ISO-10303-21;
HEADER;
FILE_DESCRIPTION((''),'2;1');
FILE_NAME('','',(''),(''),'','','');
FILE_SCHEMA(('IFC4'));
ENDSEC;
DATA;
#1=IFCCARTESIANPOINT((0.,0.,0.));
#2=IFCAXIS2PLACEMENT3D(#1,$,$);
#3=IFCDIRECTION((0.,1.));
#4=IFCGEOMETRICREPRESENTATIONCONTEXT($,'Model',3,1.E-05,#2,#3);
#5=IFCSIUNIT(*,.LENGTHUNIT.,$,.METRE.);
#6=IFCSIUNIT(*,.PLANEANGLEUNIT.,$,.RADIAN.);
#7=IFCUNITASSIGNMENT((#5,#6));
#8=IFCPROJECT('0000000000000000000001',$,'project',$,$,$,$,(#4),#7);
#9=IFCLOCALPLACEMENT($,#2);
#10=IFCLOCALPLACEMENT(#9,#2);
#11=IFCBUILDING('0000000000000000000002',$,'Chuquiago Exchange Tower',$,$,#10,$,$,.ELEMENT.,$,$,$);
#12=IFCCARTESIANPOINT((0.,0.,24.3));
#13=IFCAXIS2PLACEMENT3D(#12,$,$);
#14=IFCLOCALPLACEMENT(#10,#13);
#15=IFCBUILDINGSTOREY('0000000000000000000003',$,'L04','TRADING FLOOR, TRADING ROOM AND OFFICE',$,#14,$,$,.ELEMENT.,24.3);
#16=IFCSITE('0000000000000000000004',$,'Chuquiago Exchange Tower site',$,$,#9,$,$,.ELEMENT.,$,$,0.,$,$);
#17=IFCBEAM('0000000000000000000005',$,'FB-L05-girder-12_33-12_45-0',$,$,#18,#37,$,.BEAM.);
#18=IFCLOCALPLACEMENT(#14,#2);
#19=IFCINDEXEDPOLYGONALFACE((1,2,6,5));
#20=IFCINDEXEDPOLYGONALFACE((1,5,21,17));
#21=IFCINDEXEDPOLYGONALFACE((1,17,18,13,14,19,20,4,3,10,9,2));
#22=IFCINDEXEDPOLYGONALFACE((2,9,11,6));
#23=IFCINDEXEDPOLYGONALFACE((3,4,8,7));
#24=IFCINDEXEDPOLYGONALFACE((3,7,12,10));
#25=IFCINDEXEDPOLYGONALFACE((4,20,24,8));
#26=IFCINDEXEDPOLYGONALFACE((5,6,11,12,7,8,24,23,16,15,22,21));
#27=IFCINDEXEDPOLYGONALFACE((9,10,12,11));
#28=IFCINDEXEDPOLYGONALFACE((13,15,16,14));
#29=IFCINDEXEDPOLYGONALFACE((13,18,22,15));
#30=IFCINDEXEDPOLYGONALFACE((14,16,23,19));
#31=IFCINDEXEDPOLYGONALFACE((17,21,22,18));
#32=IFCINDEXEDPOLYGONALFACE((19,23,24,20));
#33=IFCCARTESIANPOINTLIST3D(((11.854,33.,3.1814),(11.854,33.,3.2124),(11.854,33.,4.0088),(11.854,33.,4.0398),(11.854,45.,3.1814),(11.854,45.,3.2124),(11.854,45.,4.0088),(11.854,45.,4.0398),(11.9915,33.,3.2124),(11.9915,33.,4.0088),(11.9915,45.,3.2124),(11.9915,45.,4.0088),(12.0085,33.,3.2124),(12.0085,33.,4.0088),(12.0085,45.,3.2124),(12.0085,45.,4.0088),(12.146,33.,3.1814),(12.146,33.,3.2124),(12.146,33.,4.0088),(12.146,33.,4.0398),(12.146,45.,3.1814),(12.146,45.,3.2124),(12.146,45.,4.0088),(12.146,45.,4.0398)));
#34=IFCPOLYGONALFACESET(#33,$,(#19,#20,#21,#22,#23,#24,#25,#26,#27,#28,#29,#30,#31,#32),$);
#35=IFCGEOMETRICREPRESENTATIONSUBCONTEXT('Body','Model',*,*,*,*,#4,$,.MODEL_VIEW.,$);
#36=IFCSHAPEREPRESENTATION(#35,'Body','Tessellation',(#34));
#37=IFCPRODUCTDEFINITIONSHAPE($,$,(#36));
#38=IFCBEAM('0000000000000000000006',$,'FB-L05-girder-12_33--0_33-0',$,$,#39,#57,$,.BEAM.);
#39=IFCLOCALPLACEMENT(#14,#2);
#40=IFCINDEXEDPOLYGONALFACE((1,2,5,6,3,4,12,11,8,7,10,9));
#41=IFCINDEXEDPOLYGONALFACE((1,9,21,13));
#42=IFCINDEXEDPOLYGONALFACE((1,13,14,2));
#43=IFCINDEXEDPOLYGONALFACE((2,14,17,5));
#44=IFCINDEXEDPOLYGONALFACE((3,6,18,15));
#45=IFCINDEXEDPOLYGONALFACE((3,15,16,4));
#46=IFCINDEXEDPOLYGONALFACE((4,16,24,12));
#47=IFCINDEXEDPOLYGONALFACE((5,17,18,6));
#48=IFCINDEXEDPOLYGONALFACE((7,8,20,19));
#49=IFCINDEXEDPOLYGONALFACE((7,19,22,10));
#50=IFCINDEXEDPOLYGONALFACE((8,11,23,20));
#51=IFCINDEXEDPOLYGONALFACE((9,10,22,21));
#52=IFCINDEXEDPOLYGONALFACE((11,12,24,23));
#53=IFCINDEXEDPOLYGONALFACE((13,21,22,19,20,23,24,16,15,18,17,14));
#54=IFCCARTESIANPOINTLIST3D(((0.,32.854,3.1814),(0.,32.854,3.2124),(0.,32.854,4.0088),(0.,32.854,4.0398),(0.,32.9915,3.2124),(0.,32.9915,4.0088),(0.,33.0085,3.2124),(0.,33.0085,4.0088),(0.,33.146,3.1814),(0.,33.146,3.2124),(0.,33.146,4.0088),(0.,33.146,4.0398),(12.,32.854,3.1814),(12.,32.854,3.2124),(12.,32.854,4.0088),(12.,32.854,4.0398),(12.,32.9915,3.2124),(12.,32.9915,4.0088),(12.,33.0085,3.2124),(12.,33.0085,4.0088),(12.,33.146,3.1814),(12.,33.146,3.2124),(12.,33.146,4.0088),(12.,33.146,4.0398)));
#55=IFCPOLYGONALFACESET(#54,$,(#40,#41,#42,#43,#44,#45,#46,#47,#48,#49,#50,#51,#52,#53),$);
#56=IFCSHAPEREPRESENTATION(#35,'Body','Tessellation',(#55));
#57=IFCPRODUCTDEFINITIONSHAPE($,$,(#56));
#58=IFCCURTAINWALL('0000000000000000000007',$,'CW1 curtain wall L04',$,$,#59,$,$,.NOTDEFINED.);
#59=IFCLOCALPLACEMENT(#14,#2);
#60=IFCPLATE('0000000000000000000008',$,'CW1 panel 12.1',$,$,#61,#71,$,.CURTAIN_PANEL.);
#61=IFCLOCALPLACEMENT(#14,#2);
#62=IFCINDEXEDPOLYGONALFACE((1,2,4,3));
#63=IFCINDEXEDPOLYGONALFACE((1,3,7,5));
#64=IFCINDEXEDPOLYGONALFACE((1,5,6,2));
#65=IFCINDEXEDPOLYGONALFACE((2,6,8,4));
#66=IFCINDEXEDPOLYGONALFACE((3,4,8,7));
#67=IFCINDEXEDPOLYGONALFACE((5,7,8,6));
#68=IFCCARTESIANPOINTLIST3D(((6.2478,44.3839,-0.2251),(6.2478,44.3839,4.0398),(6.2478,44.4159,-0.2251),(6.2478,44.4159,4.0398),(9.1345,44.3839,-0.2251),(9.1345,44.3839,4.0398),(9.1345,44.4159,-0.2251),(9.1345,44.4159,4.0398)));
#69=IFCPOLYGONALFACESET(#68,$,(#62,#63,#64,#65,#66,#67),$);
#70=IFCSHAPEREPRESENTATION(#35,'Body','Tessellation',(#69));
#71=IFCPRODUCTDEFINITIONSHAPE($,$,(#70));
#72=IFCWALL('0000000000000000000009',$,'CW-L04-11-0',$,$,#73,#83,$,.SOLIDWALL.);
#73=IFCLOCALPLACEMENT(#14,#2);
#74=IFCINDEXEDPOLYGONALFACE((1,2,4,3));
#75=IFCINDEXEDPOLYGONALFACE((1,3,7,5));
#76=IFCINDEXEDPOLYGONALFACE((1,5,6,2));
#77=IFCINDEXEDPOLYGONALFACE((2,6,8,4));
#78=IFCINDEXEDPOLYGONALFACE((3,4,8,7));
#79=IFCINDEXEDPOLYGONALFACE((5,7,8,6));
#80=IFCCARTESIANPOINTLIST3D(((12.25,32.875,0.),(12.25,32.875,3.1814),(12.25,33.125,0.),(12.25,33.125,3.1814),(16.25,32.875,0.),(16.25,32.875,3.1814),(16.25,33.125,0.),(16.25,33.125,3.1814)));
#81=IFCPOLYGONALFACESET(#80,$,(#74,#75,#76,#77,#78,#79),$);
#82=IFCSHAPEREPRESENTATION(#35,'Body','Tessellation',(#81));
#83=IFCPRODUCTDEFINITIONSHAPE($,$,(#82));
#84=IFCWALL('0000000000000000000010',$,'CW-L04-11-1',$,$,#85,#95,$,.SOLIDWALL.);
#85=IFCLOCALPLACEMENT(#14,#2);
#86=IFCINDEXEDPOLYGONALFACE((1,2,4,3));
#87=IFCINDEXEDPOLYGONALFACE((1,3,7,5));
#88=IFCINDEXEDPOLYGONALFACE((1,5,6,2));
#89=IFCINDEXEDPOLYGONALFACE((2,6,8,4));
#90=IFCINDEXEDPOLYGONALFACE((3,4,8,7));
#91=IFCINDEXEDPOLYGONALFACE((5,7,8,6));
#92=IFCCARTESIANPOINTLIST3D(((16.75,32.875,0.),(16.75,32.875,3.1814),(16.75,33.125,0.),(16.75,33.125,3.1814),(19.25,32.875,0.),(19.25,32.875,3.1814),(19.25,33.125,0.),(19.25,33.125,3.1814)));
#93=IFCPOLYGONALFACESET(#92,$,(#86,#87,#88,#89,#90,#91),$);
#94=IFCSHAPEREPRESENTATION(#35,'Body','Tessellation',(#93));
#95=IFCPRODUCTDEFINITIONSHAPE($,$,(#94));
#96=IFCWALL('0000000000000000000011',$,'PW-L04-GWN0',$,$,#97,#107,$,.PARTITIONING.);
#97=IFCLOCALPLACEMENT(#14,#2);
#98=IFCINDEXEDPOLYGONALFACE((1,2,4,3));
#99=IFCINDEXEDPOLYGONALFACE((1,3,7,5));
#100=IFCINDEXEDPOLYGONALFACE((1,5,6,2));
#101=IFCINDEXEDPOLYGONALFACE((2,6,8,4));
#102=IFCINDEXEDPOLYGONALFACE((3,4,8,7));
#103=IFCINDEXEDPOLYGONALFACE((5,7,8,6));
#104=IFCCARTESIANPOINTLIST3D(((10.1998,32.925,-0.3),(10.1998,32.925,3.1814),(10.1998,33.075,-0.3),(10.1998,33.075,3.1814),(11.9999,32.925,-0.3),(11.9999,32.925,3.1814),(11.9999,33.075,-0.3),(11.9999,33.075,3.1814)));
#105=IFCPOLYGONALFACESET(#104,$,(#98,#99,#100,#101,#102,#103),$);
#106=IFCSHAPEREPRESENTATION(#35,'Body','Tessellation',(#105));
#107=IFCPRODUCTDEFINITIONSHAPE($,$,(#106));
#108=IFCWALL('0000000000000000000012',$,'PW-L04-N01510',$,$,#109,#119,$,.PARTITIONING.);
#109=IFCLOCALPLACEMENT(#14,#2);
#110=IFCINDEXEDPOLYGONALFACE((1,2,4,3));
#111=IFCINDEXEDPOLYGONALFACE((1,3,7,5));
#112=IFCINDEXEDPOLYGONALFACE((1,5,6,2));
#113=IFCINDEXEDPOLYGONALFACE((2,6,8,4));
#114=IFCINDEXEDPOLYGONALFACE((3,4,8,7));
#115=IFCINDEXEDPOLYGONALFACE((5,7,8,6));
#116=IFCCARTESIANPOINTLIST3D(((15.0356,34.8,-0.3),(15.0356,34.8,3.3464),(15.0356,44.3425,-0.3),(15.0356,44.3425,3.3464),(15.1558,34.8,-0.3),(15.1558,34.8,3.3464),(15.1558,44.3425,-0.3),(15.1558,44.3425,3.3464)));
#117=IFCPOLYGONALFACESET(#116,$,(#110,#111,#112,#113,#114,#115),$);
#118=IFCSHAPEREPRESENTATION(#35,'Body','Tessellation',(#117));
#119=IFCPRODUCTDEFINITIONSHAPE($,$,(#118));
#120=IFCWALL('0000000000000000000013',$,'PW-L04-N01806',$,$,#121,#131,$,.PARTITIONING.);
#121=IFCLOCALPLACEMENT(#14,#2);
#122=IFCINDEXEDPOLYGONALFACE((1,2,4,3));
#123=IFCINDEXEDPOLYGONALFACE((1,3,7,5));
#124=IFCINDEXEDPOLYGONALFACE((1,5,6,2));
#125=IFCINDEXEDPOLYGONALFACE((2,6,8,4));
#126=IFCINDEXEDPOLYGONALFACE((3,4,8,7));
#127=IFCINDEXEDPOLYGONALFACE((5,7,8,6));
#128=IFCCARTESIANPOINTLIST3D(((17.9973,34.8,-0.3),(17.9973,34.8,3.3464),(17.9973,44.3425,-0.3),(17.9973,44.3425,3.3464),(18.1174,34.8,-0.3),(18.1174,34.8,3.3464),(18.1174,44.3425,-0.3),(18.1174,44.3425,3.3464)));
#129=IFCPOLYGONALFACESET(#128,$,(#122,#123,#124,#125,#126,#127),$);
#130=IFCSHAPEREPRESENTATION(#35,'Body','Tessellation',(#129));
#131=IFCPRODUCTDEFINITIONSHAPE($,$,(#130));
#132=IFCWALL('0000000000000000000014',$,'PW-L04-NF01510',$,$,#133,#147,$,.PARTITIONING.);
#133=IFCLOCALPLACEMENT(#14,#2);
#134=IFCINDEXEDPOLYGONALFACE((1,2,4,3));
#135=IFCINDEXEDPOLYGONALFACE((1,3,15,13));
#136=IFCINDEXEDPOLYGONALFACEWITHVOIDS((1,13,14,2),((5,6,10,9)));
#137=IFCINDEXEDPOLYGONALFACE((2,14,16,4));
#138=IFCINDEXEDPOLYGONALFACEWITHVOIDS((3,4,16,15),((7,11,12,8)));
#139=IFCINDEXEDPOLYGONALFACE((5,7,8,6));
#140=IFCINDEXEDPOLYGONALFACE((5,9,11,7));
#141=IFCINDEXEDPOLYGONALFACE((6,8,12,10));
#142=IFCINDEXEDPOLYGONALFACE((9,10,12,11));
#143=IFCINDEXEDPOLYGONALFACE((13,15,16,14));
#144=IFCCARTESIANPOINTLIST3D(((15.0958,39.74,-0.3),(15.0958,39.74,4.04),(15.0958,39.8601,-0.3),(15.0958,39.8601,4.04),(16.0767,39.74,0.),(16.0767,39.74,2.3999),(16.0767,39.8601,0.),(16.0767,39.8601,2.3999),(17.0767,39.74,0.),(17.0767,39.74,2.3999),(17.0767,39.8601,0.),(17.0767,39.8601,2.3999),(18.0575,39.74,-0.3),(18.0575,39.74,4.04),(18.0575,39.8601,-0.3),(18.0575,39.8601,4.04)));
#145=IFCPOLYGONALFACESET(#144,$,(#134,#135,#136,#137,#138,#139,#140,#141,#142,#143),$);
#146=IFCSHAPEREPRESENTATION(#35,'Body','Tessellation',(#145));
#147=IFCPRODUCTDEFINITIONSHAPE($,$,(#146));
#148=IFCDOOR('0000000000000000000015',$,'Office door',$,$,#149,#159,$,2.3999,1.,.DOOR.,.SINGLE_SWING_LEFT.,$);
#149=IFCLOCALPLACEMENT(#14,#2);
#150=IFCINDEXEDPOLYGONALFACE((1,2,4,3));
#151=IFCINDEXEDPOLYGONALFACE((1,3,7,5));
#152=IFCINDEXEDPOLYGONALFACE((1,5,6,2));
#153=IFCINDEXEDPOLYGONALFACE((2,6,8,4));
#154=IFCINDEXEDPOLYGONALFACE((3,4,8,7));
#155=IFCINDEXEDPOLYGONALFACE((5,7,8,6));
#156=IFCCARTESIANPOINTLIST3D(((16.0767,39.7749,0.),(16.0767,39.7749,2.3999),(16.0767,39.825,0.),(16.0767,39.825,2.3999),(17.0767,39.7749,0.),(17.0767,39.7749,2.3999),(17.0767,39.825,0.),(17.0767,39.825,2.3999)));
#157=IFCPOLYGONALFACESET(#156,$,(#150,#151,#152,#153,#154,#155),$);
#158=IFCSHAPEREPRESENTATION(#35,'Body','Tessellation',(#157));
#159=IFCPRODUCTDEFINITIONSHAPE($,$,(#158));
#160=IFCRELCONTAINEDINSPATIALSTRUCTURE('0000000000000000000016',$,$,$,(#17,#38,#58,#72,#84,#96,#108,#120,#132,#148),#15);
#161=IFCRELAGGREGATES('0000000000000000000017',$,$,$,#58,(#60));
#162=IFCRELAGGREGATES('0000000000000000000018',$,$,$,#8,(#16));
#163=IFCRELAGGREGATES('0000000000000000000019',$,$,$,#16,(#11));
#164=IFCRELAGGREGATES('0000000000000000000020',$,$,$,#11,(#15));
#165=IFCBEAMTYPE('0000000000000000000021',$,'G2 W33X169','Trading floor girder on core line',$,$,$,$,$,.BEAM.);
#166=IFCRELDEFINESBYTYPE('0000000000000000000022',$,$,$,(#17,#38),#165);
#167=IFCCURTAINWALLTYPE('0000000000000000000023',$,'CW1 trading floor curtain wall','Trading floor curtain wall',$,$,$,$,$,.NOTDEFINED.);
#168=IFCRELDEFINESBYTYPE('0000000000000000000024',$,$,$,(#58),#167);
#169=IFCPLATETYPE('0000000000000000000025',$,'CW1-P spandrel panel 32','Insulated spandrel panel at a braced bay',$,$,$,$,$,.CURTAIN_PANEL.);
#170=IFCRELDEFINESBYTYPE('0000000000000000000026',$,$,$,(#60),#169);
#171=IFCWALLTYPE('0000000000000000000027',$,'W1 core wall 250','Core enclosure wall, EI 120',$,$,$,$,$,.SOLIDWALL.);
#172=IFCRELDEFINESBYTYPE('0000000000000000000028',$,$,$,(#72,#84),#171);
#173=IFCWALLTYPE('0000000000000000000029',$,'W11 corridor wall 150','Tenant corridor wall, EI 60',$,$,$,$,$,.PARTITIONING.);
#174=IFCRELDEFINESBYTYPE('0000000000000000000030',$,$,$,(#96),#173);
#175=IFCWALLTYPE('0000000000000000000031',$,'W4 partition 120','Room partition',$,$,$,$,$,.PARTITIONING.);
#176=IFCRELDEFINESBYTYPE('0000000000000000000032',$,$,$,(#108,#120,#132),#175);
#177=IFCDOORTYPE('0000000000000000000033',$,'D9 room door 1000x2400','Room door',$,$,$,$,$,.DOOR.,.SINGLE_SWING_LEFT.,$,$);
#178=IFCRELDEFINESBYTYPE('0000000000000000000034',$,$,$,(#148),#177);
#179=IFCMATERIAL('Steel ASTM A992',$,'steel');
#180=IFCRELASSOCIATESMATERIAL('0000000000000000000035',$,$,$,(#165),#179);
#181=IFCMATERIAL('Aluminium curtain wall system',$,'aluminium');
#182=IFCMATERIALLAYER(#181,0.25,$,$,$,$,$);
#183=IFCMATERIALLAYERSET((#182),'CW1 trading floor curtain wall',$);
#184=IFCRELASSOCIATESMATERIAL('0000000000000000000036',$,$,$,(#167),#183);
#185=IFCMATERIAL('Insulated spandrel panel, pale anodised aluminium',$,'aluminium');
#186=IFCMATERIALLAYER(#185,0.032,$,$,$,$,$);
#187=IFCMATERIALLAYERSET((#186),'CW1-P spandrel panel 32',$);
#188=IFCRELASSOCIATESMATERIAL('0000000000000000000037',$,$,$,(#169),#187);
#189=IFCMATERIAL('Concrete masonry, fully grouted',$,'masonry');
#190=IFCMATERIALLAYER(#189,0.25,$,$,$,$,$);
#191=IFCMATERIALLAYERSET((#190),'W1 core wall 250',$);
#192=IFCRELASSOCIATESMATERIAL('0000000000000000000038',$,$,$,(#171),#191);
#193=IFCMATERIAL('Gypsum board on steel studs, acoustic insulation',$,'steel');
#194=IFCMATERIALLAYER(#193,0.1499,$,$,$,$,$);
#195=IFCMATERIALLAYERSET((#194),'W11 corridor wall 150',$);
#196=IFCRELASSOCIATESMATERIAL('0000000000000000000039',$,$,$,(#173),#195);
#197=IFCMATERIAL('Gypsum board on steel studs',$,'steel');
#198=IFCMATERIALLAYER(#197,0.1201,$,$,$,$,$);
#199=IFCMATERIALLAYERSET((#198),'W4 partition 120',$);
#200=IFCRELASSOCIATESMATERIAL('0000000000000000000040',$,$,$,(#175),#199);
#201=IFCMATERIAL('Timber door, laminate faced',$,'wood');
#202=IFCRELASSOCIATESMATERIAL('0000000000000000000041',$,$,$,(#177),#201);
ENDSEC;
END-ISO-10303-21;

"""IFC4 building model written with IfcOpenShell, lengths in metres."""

from ifc_helpers import new_model, si_unit, direction, frame, frame_2d, origin, origin_2d, place, context, subcontext, project, spatial, rectangle, i_section, extrude, material, layer, layer_set, material_profile, profile_set, type_object, element, fill, aggregate, save


model = new_model("IFC4")

# Units and contexts
model_context = context("Model", 3, precision=1e-05, world=origin(), true_north=direction((0.0, 1.0)))
body_context = subcontext(model_context, "Body", "Model", "MODEL_VIEW")
ifc_project = project(units=[si_unit("LENGTHUNIT", "METRE"), si_unit("PLANEANGLEUNIT", "RADIAN")], contexts=[model_context])

# Site, building, storey
site_placement = place(None, origin())
site = spatial("IfcSite", under=ifc_project, at=site_placement, Name="Chuquiago Exchange Tower site", CompositionType="ELEMENT", RefElevation=0.0)
building_placement = place(site_placement, origin())
building = spatial("IfcBuilding", under=site, at=building_placement, Name="Chuquiago Exchange Tower", CompositionType="ELEMENT")
storey_placement = place(building_placement, frame((0.0, 0.0, 24.3)))
storey = spatial("IfcBuildingStorey", under=building, at=storey_placement, Name="L04", Description="TRADING FLOOR, TRADING ROOM AND OFFICE", CompositionType="ELEMENT", Elevation=24.3)

# Beams
ifc_material_1 = material(Name="Steel ASTM A992", Category="steel")
ifc_material_profile_1 = material_profile(ifc_material_1, i_section(OverallWidth=0.292, OverallDepth=0.8584, WebThickness=0.0171, FlangeThickness=0.031, at=origin_2d()), Name="W33X169")
ifc_profile_set_1 = profile_set([ifc_material_profile_1], Name="Steel ASTM A992")
beam_type_1 = type_object("IfcBeamType", Name="G2 W33X169", Description="Trading floor girder on core line", PredefinedType="BEAM", material=ifc_profile_set_1)
for number, where, z_axis, x_axis, name in (
    (1, (12.0, 33.0, 3.6106), (0.0, 1.0, 0.0), (-1.0, 0.0, 0.0), "FB-L05-girder-12_33-12_45-0"),
    (2, (12.0, 33.0, 3.6106), (-1.0, 0.0, 0.0), (0.0, -1.0, 0.0), "FB-L05-girder-12_33--0_33-0"),
):
    element("IfcBeam", number, at=place(storey_placement, frame(where, z_axis=z_axis, x_axis=x_axis)), inside=storey, type_object=beam_type_1, Name=name, PredefinedType="BEAM", context=body_context, shape_type="SweptSolid", body=[
        extrude(i_section(OverallWidth=0.292, OverallDepth=0.8584, WebThickness=0.0171, FlangeThickness=0.031, at=origin_2d()), origin(), (0.0, 0.0, 1.0), 12.0),
    ])

# Curtain wall, plate
ifc_material_2 = material(Name="Aluminium curtain wall system", Category="aluminium")
ifc_layer_1 = layer(ifc_material_2, 0.25)
ifc_layer_set_1 = layer_set([ifc_layer_1], Name="CW1 trading floor curtain wall")
curtain_wall_type = type_object("IfcCurtainWallType", Name="CW1 trading floor curtain wall", Description="Trading floor curtain wall", PredefinedType="NOTDEFINED", material=ifc_layer_set_1)
curtain_wall_placement = place(storey_placement, origin())
curtain_wall = element("IfcCurtainWall", 3, at=curtain_wall_placement, inside=storey, type_object=curtain_wall_type, Name="CW1 curtain wall L04", PredefinedType="NOTDEFINED")
ifc_material_3 = material(Name="Insulated spandrel panel, pale anodised aluminium", Category="aluminium")
ifc_layer_2 = layer(ifc_material_3, 0.032)
ifc_layer_set_2 = layer_set([ifc_layer_2], Name="CW1-P spandrel panel 32")
plate_type = type_object("IfcPlateType", Name="CW1-P spandrel panel 32", Description="Insulated spandrel panel at a braced bay", PredefinedType="CURTAIN_PANEL", material=ifc_layer_set_2)
plate_placement = place(storey_placement, frame((7.6912, 44.3999, -0.2251), z_axis=(0.0, 0.0, 1.0), x_axis=(-1.0, 0.0, 0.0)))
plate = element("IfcPlate", 4, at=plate_placement, type_object=plate_type, Name="CW1 panel 12.1", PredefinedType="CURTAIN_PANEL", context=body_context, shape_type="SweptSolid", body=[
    extrude(rectangle(XDim=2.8867, YDim=0.032, at=origin_2d()), origin(), (0.0, 0.0, 1.0), 4.2649),
])
aggregate(curtain_wall, [plate])

# Walls
ifc_material_4 = material(Name="Concrete masonry, fully grouted", Category="masonry")
ifc_layer_3 = layer(ifc_material_4, 0.25)
ifc_layer_set_3 = layer_set([ifc_layer_3], Name="W1 core wall 250")
wall_type_1 = type_object("IfcWallType", Name="W1 core wall 250", Description="Core enclosure wall, EI 120", PredefinedType="SOLIDWALL", material=ifc_layer_set_3)
wall_1_placement = place(storey_placement, frame((12.25, 33.0, 0.0), z_axis=(0.0, 0.0, 1.0), x_axis=(1.0, 0.0, 0.0)))
element("IfcWall", 5, at=wall_1_placement, inside=storey, type_object=wall_type_1, Name="CW-L04-11-0", PredefinedType="SOLIDWALL", context=body_context, shape_type="SweptSolid", body=[
    extrude(rectangle(XDim=4.0, YDim=0.25, at=frame_2d((2.0, 0.0))), origin(), (0.0, 0.0, 1.0), 3.1814),
])
wall_2_placement = place(storey_placement, frame((16.75, 33.0, 0.0), z_axis=(0.0, 0.0, 1.0), x_axis=(1.0, 0.0, 0.0)))
element("IfcWall", 6, at=wall_2_placement, inside=storey, type_object=wall_type_1, Name="CW-L04-11-1", PredefinedType="SOLIDWALL", context=body_context, shape_type="SweptSolid", body=[
    extrude(rectangle(XDim=2.5, YDim=0.25, at=frame_2d((1.25, 0.0))), origin(), (0.0, 0.0, 1.0), 3.1814),
])
ifc_material_5 = material(Name="Gypsum board on steel studs, acoustic insulation", Category="steel")
ifc_layer_4 = layer(ifc_material_5, 0.1499)
ifc_layer_set_4 = layer_set([ifc_layer_4], Name="W11 corridor wall 150")
wall_type_2 = type_object("IfcWallType", Name="W11 corridor wall 150", Description="Tenant corridor wall, EI 60", PredefinedType="PARTITIONING", material=ifc_layer_set_4)
wall_3_placement = place(storey_placement, frame((10.2, 33.0, -0.3), z_axis=(0.0, 0.0, 1.0), x_axis=(1.0, 0.0, 0.0)))
element("IfcWall", 7, at=wall_3_placement, inside=storey, type_object=wall_type_2, Name="PW-L04-GWN0", PredefinedType="PARTITIONING", context=body_context, shape_type="SweptSolid", body=[
    extrude(rectangle(XDim=1.8, YDim=0.1499, at=frame_2d((0.8999, 0.0))), origin(), (0.0, 0.0, 1.0), 3.4814),
])
ifc_material_6 = material(Name="Gypsum board on steel studs", Category="steel")
ifc_layer_5 = layer(ifc_material_6, 0.1201)
ifc_layer_set_5 = layer_set([ifc_layer_5], Name="W4 partition 120")
wall_type_3 = type_object("IfcWallType", Name="W4 partition 120", Description="Room partition", PredefinedType="PARTITIONING", material=ifc_layer_set_5)
for number, where, z_axis, x_axis, name in (
    (8, (15.0957, 44.3425, -0.3), (0.0, 0.0, 1.0), (0.0, -1.0, 0.0), "PW-L04-N01510"),
    (9, (18.0574, 44.3425, -0.3), (0.0, 0.0, 1.0), (0.0, -1.0, 0.0), "PW-L04-N01806"),
):
    element("IfcWall", number, at=place(storey_placement, frame(where, z_axis=z_axis, x_axis=x_axis)), inside=storey, type_object=wall_type_3, Name=name, PredefinedType="PARTITIONING", context=body_context, shape_type="SweptSolid", body=[
        extrude(rectangle(XDim=9.5425, YDim=0.1201, at=frame_2d((4.7712, 0.0))), origin(), (0.0, 0.0, 1.0), 3.6465),
    ])

# Wall, opening, door
wall_4_placement = place(storey_placement, frame((15.0957, 39.8, -0.3), z_axis=(0.0, 0.0, 1.0), x_axis=(1.0, 0.0, 0.0)))
wall_4 = element("IfcWall", 10, at=wall_4_placement, inside=storey, type_object=wall_type_3, Name="PW-L04-NF01510", PredefinedType="PARTITIONING", context=body_context, shape_type="SweptSolid", body=[
    extrude(rectangle(XDim=2.9617, YDim=0.1201, at=frame_2d((1.481, 0.0))), origin(), (0.0, 0.0, 1.0), 4.3401),
])
opening_1_placement = place(wall_4_placement, frame((0.981, 0.0, 0.3)))
opening_1 = element("IfcOpeningElement", 11, at=opening_1_placement, cuts=wall_4, PredefinedType="OPENING", context=body_context, shape_type="SweptSolid", body=[
    extrude(rectangle(XDim=1.0, YDim=2.3999, at=frame_2d((0.5, 1.2))), frame((0.0, 0.0701, 0.0), z_axis=(0.0, -1.0, 0.0), x_axis=(1.0, 0.0, 0.0)), (0.0, 0.0, 1.0), 0.1401),
])
ifc_material_7 = material(Name="Timber door, laminate faced", Category="wood")
door_type = type_object("IfcDoorType", Name="D9 room door 1000x2400", Description="Room door", OperationType="SINGLE_SWING_LEFT", PredefinedType="DOOR", material=ifc_material_7)
door_1_placement = place(opening_1_placement, origin())
door_1 = element("IfcDoor", 12, at=door_1_placement, inside=storey, type_object=door_type, Name="Office door", OperationType="SINGLE_SWING_LEFT", OverallHeight=2.3999, OverallWidth=1.0, PredefinedType="DOOR", context=body_context, shape_type="SweptSolid", body=[
    extrude(rectangle(XDim=1.0, YDim=2.3999, at=frame_2d((0.5, 1.2))), frame((0.0, 0.0249, 0.0), z_axis=(0.0, -1.0, 0.0), x_axis=(1.0, 0.0, 0.0)), (0.0, 0.0, 1.0), 0.05),
])
fill(opening_1, door_1)

save(model, "model.ifc")
